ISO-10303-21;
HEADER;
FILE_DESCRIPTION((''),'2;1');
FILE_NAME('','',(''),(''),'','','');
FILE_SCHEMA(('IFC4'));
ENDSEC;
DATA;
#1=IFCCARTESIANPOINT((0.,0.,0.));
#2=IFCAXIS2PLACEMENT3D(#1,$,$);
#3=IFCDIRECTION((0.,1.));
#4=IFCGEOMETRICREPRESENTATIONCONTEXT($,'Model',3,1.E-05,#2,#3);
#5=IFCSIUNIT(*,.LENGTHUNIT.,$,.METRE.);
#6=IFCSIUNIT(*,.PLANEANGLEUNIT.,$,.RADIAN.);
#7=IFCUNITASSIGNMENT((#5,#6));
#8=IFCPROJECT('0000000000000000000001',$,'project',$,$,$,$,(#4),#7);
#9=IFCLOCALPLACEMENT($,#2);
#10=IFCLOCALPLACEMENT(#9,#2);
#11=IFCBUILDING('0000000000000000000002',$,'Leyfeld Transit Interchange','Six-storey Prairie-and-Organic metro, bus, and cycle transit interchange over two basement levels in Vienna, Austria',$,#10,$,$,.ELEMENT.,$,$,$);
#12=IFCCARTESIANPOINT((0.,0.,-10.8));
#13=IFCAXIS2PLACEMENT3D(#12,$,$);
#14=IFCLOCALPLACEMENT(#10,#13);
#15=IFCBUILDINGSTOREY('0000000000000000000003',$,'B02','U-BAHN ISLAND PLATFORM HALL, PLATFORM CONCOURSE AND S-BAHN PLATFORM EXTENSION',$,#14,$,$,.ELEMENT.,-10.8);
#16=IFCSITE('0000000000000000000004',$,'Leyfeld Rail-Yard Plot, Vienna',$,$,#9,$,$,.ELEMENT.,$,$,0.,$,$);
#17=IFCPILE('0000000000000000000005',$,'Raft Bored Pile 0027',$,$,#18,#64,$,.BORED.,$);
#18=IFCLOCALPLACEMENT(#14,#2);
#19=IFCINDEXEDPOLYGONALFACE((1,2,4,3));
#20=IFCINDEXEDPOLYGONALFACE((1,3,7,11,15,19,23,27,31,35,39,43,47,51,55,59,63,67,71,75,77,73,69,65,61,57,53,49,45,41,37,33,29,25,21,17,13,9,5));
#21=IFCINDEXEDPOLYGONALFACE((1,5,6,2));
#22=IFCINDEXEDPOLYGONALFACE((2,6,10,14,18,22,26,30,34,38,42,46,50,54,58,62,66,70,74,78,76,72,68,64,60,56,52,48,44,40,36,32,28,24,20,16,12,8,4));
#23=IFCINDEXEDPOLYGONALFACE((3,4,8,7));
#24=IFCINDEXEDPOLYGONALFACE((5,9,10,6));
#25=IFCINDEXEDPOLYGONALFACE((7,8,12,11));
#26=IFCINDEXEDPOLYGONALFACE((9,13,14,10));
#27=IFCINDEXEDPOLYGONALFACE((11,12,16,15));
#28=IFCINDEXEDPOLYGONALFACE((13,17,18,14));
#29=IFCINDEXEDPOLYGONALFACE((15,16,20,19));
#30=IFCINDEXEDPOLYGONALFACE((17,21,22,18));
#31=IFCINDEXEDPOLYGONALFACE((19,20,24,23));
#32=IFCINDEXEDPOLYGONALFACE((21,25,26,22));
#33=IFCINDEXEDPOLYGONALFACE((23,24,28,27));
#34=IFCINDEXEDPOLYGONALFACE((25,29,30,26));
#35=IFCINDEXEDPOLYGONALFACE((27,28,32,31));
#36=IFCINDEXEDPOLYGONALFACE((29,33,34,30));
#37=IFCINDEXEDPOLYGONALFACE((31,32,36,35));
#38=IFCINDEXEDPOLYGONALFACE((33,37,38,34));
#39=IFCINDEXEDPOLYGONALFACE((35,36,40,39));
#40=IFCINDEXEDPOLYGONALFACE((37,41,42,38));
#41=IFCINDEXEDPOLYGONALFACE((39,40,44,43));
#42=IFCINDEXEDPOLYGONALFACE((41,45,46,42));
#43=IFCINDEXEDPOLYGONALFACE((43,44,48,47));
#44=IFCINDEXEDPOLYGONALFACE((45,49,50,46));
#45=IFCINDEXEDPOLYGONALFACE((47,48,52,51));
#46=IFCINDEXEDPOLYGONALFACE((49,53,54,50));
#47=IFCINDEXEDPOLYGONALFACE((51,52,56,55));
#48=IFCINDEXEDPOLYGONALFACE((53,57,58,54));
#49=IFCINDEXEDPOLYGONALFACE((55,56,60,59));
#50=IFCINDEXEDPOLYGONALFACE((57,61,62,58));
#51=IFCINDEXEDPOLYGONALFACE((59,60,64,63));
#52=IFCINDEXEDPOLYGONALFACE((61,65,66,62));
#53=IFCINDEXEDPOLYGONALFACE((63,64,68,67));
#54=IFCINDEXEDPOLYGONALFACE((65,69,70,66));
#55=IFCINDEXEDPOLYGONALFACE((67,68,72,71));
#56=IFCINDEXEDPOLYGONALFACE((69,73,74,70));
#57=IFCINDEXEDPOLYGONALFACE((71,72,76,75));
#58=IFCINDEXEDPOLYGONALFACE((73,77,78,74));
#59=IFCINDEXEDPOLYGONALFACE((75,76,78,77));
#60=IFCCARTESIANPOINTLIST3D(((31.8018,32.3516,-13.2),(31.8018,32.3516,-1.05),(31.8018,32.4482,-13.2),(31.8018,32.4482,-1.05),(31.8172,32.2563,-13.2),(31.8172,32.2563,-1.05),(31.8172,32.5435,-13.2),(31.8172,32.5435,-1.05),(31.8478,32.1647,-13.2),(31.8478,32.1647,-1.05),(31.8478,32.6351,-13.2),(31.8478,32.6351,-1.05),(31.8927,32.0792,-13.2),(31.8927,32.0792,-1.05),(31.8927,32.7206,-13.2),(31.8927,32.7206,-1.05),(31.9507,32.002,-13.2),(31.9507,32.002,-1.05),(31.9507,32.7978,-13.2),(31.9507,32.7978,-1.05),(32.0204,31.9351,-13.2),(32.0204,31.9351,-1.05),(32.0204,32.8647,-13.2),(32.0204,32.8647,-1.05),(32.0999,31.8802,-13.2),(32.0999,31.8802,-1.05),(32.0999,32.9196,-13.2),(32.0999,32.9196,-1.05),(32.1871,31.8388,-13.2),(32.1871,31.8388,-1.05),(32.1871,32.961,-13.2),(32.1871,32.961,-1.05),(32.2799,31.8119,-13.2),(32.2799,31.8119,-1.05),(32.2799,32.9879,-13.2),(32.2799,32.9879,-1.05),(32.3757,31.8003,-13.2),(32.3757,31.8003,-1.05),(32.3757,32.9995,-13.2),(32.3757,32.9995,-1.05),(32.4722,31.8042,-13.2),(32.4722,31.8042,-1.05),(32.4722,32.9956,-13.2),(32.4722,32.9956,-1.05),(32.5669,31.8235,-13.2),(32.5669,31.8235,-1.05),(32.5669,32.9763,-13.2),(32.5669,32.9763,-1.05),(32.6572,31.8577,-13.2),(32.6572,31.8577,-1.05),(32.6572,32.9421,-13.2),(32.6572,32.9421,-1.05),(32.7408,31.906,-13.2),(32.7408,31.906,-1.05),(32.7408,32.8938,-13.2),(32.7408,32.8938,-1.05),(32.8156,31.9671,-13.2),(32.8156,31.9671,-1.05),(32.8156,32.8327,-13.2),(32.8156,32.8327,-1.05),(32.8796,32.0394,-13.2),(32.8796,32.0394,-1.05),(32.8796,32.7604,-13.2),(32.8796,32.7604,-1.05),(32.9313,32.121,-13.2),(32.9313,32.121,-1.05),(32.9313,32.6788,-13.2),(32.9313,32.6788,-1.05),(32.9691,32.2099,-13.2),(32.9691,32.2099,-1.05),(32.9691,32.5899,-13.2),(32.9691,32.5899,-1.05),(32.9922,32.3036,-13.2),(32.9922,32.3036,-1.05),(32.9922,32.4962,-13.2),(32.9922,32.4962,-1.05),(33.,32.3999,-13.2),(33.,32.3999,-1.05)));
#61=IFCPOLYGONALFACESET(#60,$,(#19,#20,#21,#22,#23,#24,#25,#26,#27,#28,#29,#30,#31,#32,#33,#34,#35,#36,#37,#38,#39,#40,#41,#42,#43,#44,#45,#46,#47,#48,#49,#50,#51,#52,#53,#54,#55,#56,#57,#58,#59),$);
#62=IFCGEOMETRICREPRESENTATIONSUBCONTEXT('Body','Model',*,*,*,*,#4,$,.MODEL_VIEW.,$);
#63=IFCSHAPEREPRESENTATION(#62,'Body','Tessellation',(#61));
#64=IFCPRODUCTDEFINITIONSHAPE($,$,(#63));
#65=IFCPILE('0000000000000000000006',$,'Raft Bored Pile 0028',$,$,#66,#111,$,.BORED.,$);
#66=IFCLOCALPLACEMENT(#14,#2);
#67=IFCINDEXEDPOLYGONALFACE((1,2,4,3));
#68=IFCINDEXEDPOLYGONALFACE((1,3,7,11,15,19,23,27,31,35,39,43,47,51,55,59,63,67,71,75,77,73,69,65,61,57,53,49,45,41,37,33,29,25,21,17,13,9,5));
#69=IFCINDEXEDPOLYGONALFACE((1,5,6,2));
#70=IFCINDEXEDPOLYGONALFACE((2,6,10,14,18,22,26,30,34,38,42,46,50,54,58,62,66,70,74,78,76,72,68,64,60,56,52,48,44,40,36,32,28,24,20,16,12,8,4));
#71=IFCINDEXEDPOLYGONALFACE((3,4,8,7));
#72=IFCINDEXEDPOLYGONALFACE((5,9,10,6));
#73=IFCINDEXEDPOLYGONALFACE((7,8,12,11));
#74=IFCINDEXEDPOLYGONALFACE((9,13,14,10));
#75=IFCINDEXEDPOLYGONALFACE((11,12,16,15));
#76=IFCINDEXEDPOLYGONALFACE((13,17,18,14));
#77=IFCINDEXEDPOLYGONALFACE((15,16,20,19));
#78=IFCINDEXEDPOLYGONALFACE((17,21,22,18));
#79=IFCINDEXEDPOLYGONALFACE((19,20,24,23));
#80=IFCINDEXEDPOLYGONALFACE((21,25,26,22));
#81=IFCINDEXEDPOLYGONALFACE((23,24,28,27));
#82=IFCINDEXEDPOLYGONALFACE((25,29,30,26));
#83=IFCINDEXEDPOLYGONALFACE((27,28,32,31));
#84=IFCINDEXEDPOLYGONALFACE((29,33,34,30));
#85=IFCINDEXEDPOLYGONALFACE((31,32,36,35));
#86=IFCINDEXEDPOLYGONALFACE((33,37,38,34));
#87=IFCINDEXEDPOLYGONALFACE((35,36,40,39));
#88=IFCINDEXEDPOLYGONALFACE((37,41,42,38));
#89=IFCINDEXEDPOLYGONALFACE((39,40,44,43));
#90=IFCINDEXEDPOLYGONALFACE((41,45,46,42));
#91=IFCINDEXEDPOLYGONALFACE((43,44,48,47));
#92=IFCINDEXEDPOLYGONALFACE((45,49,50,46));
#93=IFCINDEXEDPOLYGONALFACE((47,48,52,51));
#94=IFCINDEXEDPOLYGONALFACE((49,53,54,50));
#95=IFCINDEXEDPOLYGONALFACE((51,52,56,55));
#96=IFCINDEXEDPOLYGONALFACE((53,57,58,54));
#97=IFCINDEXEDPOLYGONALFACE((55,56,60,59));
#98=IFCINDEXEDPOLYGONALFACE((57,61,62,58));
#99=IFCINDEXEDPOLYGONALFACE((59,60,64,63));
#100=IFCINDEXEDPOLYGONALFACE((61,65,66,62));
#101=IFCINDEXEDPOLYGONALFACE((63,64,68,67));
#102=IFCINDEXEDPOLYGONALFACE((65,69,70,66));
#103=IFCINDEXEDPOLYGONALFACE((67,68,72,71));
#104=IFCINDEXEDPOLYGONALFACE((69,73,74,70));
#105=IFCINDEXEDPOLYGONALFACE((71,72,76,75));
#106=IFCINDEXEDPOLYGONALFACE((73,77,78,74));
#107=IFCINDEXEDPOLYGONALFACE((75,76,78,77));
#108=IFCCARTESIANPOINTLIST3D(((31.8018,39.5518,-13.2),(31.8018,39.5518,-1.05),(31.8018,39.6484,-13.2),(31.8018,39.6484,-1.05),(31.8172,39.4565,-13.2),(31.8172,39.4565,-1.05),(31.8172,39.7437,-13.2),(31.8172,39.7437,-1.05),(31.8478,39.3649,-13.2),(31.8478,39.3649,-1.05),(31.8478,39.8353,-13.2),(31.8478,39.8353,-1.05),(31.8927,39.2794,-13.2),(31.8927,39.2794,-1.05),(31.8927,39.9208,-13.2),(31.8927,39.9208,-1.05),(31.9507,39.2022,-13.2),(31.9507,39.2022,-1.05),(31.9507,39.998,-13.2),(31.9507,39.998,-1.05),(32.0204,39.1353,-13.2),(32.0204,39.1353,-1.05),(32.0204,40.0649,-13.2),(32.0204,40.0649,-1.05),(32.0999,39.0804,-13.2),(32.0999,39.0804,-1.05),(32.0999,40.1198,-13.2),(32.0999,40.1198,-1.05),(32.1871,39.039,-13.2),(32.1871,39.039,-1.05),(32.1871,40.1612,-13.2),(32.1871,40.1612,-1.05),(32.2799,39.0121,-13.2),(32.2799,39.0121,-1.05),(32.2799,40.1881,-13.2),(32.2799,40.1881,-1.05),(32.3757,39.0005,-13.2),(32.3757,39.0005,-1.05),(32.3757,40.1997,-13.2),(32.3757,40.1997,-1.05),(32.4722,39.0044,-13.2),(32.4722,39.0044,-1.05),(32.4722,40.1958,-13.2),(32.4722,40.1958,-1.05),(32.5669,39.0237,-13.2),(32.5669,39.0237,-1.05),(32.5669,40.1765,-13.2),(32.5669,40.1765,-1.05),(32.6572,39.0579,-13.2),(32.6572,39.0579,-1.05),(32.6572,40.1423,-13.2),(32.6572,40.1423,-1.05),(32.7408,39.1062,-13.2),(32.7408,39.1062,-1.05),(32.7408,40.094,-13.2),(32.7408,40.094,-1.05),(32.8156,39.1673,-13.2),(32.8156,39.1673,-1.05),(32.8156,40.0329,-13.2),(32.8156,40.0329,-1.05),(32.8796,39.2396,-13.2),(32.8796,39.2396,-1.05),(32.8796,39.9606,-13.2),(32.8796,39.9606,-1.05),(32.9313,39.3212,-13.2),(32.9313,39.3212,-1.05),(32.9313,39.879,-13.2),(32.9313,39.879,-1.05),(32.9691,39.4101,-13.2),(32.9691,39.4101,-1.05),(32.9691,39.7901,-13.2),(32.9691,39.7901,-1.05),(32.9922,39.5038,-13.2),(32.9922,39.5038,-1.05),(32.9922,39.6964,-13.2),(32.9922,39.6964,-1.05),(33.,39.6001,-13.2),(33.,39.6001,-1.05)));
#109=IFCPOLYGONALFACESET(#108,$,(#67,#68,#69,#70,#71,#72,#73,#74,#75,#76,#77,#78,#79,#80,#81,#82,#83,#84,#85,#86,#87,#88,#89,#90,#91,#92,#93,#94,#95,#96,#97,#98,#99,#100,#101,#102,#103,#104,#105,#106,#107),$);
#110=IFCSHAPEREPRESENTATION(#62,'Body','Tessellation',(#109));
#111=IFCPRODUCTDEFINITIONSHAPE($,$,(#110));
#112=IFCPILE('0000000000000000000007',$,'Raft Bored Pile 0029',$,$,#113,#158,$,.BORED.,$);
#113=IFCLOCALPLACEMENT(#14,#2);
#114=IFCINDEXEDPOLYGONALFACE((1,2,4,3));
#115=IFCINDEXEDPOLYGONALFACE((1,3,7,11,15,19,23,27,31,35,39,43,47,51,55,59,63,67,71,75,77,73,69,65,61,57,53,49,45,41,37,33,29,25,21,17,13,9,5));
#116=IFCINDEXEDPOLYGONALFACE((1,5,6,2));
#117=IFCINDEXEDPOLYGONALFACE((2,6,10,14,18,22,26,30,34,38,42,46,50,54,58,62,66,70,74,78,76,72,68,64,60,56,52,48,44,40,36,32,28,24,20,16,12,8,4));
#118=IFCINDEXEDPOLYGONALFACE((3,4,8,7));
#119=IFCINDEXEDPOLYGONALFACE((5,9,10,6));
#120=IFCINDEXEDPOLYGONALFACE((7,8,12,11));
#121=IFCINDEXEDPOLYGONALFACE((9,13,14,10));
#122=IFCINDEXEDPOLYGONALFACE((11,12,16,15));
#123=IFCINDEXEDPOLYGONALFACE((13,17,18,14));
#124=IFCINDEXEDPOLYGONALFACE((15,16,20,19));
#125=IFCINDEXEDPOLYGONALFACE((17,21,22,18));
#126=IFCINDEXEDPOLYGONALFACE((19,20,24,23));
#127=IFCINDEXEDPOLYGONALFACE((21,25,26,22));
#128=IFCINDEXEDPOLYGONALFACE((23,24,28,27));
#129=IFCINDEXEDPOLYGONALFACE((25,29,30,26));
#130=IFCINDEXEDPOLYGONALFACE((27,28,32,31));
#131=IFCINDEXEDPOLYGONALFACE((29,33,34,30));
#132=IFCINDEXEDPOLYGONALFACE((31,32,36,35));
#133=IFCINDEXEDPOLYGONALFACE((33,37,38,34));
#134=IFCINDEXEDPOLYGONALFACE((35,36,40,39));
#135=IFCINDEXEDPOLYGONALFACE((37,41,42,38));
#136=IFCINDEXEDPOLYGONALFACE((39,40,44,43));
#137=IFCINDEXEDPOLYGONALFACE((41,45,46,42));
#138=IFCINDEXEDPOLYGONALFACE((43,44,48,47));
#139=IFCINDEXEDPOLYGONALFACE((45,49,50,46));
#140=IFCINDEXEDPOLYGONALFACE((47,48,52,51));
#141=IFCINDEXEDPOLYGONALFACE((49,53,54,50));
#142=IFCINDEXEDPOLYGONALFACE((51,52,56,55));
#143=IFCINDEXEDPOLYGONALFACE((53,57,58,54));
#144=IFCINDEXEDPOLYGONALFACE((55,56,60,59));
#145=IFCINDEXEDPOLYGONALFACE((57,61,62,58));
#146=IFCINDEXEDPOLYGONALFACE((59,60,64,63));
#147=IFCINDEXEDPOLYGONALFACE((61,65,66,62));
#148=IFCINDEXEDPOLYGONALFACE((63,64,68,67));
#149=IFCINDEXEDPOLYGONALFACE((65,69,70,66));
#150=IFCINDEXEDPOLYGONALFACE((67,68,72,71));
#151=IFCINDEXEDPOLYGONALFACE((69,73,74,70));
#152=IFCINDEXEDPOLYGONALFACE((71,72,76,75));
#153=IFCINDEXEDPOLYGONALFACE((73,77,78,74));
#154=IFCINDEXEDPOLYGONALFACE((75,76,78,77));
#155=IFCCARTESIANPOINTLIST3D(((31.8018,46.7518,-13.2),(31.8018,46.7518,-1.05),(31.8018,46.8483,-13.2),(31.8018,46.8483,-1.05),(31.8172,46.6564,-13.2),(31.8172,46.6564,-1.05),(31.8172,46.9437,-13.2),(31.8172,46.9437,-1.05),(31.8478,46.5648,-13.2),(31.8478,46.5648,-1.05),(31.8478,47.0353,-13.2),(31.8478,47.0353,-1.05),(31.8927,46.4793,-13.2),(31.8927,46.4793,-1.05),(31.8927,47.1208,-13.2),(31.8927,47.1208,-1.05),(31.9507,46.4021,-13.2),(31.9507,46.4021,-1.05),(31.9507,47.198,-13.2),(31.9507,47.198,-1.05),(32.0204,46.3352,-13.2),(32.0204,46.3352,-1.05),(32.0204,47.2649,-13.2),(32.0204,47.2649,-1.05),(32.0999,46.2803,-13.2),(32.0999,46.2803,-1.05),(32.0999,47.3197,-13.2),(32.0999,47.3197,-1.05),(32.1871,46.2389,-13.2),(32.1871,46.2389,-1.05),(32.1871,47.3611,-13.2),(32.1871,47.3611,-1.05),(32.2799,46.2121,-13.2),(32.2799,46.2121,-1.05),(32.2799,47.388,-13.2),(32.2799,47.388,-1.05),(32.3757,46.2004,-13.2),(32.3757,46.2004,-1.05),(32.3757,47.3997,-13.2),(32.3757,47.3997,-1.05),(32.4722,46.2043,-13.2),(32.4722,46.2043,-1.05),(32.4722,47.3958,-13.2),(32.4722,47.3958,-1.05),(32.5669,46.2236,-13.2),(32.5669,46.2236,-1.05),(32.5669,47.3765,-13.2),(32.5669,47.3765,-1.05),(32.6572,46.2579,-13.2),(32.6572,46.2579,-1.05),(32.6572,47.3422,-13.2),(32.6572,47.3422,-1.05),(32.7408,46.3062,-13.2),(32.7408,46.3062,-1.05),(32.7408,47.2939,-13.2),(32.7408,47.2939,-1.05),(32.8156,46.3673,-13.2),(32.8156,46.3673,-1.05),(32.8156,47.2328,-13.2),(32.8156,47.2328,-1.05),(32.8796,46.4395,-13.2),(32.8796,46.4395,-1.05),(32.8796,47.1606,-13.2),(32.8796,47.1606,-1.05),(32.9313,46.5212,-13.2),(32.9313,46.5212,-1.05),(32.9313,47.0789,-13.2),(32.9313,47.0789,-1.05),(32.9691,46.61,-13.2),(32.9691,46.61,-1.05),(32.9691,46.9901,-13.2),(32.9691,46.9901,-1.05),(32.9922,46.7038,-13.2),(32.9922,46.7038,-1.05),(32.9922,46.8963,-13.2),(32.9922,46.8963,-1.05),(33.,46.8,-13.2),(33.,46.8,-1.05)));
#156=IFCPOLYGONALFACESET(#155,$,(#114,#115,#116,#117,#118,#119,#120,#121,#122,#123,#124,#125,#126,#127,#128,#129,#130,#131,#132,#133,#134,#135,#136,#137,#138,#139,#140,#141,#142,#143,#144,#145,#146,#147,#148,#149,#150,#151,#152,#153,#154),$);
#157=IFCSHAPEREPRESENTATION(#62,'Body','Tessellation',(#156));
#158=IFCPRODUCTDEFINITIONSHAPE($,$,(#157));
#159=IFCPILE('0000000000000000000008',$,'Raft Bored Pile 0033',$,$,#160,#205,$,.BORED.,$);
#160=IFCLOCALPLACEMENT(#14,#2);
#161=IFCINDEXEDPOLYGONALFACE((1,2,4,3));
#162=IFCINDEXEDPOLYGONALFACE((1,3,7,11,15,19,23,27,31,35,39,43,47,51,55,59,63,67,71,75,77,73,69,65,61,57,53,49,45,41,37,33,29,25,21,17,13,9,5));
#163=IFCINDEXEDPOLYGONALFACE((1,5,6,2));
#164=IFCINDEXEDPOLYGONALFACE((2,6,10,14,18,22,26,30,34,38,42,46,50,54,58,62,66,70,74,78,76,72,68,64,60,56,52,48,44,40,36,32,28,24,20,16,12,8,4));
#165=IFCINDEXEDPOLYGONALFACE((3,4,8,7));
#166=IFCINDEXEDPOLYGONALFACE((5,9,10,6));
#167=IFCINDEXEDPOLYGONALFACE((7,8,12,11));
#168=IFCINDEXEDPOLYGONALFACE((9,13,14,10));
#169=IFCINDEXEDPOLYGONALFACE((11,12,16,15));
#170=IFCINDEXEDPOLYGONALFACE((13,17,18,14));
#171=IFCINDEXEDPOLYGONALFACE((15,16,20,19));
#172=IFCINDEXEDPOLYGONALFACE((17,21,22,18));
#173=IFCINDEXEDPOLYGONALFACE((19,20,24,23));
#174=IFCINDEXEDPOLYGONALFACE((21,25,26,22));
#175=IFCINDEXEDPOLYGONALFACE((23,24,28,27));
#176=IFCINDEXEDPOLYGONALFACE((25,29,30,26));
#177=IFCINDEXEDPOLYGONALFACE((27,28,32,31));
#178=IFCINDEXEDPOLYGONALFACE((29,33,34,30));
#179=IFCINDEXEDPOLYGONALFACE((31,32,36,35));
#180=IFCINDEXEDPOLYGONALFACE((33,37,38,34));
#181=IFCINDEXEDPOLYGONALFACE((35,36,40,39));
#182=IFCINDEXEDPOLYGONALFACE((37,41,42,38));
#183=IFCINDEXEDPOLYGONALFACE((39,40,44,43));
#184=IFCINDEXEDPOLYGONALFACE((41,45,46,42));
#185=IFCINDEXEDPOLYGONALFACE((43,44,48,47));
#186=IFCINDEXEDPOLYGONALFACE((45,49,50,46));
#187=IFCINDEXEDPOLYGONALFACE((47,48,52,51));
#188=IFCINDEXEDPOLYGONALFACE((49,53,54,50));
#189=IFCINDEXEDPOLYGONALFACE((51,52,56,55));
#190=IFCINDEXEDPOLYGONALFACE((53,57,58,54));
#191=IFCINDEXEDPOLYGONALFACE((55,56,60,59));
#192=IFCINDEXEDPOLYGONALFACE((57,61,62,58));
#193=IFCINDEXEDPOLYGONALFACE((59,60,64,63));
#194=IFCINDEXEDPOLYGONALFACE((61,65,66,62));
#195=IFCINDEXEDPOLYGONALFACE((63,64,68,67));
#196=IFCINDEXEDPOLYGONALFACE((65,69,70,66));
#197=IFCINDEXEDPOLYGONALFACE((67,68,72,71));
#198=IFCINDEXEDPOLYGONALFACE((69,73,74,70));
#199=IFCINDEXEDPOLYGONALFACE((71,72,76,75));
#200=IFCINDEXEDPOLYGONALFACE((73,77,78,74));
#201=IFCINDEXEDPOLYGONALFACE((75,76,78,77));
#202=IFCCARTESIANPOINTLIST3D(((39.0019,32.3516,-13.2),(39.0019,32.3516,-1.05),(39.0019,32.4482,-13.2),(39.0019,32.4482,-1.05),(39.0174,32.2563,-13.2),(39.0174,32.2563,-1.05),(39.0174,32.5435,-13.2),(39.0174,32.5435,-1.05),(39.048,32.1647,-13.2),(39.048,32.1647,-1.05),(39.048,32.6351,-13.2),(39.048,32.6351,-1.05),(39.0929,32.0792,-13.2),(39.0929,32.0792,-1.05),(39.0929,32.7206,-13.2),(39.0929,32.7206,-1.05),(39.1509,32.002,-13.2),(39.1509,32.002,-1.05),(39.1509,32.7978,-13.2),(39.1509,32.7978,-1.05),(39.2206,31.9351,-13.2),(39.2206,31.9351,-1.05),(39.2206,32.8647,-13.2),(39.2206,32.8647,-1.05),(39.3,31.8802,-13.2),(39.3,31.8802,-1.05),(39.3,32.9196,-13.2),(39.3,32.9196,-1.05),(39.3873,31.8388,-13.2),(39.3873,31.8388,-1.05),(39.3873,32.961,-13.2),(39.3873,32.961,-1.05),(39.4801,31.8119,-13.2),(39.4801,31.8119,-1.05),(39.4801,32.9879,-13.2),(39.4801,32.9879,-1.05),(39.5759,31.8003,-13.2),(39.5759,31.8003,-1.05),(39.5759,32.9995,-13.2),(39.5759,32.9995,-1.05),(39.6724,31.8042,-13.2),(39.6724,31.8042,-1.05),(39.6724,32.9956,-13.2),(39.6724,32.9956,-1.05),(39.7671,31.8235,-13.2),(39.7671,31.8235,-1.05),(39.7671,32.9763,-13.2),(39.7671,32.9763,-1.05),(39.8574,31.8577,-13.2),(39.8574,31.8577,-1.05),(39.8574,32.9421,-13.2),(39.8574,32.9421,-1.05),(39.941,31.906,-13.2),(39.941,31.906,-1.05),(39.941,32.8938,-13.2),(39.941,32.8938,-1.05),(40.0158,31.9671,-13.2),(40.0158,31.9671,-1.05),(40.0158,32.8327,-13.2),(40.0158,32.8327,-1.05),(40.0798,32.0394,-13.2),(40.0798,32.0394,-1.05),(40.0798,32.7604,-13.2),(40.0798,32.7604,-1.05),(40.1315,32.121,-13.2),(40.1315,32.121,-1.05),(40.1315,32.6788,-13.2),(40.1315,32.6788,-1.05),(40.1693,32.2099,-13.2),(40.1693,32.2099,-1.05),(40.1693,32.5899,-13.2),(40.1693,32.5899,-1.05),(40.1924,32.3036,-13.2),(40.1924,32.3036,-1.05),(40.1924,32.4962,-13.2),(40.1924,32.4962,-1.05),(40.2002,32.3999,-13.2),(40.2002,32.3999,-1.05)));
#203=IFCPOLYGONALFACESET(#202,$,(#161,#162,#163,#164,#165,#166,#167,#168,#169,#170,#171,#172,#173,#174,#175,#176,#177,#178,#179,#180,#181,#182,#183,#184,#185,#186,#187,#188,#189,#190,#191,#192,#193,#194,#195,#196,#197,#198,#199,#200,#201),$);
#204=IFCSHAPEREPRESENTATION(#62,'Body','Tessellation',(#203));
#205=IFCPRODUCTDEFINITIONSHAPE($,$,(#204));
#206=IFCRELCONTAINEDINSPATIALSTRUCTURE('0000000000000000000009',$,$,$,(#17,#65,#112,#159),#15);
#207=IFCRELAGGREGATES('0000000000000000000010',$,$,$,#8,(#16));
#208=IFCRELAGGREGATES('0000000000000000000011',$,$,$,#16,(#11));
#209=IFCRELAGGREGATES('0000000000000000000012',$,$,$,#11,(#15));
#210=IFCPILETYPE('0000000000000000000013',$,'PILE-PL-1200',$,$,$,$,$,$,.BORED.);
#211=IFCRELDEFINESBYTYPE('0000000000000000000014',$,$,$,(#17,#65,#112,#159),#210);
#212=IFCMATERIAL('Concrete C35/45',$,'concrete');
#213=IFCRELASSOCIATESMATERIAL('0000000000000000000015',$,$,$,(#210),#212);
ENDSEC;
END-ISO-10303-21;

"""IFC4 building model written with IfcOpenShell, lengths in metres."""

from ifc_helpers import new_model, si_unit, direction, frame, origin, origin_2d, place, context, subcontext, project, spatial, circle, extrude, material, material_profile, profile_set, type_object, element, save


model = new_model("IFC4")

# Units and contexts
model_context = context("Model", 3, precision=1e-05, world=origin(), true_north=direction((0.0, 1.0)))
body_context = subcontext(model_context, "Body", "Model", "MODEL_VIEW")
ifc_project = project(units=[si_unit("LENGTHUNIT", "METRE"), si_unit("PLANEANGLEUNIT", "RADIAN")], contexts=[model_context])

# Site, building, storey
site_placement = place(None, origin())
site = spatial("IfcSite", under=ifc_project, at=site_placement, Name="Leyfeld Rail-Yard Plot, Vienna", CompositionType="ELEMENT", RefElevation=0.0)
building_placement = place(site_placement, origin())
building = spatial("IfcBuilding", under=site, at=building_placement, Name="Leyfeld Transit Interchange", Description="Six-storey Prairie-and-Organic metro, bus, and cycle transit interchange over two basement levels in Vienna, Austria", CompositionType="ELEMENT")
storey_placement = place(building_placement, frame((0.0, 0.0, -10.8)))
storey = spatial("IfcBuildingStorey", under=building, at=storey_placement, Name="B02", Description="U-BAHN ISLAND PLATFORM HALL, PLATFORM CONCOURSE AND S-BAHN PLATFORM EXTENSION", CompositionType="ELEMENT", Elevation=-10.8)

# Piles
ifc_material = material(Name="Concrete C35/45", Category="concrete")
ifc_material_profile_1 = material_profile(ifc_material, circle(Radius=0.6001, at=origin_2d()), Name="PILE D1200")
ifc_profile_set_1 = profile_set([ifc_material_profile_1], Name="Concrete C35/45")
pile_type = type_object("IfcPileType", Name="PILE-PL-1200", PredefinedType="BORED", material=ifc_profile_set_1)
for number, where, z_axis, x_axis, name in (
    (1, (32.3999, 32.3999, -1.05), (0.0, 0.0, -1.0), (1.0, 0.0, 0.0), "Raft Bored Pile 0027"),
    (2, (32.3999, 39.6001, -1.05), (0.0, 0.0, -1.0), (1.0, 0.0, 0.0), "Raft Bored Pile 0028"),
    (3, (32.3999, 46.8, -1.05), (0.0, 0.0, -1.0), (1.0, 0.0, 0.0), "Raft Bored Pile 0029"),
    (4, (39.6001, 32.3999, -1.05), (0.0, 0.0, -1.0), (1.0, 0.0, 0.0), "Raft Bored Pile 0033"),
):
    element("IfcPile", number, at=place(storey_placement, frame(where, z_axis=z_axis, x_axis=x_axis)), inside=storey, type_object=pile_type, Name=name, PredefinedType="BORED", context=body_context, shape_type="SweptSolid", body=[
        extrude(circle(Radius=0.6001, at=origin_2d()), origin(), (0.0, 0.0, 1.0), 12.1499),
    ])

save(model, "model.ifc")
